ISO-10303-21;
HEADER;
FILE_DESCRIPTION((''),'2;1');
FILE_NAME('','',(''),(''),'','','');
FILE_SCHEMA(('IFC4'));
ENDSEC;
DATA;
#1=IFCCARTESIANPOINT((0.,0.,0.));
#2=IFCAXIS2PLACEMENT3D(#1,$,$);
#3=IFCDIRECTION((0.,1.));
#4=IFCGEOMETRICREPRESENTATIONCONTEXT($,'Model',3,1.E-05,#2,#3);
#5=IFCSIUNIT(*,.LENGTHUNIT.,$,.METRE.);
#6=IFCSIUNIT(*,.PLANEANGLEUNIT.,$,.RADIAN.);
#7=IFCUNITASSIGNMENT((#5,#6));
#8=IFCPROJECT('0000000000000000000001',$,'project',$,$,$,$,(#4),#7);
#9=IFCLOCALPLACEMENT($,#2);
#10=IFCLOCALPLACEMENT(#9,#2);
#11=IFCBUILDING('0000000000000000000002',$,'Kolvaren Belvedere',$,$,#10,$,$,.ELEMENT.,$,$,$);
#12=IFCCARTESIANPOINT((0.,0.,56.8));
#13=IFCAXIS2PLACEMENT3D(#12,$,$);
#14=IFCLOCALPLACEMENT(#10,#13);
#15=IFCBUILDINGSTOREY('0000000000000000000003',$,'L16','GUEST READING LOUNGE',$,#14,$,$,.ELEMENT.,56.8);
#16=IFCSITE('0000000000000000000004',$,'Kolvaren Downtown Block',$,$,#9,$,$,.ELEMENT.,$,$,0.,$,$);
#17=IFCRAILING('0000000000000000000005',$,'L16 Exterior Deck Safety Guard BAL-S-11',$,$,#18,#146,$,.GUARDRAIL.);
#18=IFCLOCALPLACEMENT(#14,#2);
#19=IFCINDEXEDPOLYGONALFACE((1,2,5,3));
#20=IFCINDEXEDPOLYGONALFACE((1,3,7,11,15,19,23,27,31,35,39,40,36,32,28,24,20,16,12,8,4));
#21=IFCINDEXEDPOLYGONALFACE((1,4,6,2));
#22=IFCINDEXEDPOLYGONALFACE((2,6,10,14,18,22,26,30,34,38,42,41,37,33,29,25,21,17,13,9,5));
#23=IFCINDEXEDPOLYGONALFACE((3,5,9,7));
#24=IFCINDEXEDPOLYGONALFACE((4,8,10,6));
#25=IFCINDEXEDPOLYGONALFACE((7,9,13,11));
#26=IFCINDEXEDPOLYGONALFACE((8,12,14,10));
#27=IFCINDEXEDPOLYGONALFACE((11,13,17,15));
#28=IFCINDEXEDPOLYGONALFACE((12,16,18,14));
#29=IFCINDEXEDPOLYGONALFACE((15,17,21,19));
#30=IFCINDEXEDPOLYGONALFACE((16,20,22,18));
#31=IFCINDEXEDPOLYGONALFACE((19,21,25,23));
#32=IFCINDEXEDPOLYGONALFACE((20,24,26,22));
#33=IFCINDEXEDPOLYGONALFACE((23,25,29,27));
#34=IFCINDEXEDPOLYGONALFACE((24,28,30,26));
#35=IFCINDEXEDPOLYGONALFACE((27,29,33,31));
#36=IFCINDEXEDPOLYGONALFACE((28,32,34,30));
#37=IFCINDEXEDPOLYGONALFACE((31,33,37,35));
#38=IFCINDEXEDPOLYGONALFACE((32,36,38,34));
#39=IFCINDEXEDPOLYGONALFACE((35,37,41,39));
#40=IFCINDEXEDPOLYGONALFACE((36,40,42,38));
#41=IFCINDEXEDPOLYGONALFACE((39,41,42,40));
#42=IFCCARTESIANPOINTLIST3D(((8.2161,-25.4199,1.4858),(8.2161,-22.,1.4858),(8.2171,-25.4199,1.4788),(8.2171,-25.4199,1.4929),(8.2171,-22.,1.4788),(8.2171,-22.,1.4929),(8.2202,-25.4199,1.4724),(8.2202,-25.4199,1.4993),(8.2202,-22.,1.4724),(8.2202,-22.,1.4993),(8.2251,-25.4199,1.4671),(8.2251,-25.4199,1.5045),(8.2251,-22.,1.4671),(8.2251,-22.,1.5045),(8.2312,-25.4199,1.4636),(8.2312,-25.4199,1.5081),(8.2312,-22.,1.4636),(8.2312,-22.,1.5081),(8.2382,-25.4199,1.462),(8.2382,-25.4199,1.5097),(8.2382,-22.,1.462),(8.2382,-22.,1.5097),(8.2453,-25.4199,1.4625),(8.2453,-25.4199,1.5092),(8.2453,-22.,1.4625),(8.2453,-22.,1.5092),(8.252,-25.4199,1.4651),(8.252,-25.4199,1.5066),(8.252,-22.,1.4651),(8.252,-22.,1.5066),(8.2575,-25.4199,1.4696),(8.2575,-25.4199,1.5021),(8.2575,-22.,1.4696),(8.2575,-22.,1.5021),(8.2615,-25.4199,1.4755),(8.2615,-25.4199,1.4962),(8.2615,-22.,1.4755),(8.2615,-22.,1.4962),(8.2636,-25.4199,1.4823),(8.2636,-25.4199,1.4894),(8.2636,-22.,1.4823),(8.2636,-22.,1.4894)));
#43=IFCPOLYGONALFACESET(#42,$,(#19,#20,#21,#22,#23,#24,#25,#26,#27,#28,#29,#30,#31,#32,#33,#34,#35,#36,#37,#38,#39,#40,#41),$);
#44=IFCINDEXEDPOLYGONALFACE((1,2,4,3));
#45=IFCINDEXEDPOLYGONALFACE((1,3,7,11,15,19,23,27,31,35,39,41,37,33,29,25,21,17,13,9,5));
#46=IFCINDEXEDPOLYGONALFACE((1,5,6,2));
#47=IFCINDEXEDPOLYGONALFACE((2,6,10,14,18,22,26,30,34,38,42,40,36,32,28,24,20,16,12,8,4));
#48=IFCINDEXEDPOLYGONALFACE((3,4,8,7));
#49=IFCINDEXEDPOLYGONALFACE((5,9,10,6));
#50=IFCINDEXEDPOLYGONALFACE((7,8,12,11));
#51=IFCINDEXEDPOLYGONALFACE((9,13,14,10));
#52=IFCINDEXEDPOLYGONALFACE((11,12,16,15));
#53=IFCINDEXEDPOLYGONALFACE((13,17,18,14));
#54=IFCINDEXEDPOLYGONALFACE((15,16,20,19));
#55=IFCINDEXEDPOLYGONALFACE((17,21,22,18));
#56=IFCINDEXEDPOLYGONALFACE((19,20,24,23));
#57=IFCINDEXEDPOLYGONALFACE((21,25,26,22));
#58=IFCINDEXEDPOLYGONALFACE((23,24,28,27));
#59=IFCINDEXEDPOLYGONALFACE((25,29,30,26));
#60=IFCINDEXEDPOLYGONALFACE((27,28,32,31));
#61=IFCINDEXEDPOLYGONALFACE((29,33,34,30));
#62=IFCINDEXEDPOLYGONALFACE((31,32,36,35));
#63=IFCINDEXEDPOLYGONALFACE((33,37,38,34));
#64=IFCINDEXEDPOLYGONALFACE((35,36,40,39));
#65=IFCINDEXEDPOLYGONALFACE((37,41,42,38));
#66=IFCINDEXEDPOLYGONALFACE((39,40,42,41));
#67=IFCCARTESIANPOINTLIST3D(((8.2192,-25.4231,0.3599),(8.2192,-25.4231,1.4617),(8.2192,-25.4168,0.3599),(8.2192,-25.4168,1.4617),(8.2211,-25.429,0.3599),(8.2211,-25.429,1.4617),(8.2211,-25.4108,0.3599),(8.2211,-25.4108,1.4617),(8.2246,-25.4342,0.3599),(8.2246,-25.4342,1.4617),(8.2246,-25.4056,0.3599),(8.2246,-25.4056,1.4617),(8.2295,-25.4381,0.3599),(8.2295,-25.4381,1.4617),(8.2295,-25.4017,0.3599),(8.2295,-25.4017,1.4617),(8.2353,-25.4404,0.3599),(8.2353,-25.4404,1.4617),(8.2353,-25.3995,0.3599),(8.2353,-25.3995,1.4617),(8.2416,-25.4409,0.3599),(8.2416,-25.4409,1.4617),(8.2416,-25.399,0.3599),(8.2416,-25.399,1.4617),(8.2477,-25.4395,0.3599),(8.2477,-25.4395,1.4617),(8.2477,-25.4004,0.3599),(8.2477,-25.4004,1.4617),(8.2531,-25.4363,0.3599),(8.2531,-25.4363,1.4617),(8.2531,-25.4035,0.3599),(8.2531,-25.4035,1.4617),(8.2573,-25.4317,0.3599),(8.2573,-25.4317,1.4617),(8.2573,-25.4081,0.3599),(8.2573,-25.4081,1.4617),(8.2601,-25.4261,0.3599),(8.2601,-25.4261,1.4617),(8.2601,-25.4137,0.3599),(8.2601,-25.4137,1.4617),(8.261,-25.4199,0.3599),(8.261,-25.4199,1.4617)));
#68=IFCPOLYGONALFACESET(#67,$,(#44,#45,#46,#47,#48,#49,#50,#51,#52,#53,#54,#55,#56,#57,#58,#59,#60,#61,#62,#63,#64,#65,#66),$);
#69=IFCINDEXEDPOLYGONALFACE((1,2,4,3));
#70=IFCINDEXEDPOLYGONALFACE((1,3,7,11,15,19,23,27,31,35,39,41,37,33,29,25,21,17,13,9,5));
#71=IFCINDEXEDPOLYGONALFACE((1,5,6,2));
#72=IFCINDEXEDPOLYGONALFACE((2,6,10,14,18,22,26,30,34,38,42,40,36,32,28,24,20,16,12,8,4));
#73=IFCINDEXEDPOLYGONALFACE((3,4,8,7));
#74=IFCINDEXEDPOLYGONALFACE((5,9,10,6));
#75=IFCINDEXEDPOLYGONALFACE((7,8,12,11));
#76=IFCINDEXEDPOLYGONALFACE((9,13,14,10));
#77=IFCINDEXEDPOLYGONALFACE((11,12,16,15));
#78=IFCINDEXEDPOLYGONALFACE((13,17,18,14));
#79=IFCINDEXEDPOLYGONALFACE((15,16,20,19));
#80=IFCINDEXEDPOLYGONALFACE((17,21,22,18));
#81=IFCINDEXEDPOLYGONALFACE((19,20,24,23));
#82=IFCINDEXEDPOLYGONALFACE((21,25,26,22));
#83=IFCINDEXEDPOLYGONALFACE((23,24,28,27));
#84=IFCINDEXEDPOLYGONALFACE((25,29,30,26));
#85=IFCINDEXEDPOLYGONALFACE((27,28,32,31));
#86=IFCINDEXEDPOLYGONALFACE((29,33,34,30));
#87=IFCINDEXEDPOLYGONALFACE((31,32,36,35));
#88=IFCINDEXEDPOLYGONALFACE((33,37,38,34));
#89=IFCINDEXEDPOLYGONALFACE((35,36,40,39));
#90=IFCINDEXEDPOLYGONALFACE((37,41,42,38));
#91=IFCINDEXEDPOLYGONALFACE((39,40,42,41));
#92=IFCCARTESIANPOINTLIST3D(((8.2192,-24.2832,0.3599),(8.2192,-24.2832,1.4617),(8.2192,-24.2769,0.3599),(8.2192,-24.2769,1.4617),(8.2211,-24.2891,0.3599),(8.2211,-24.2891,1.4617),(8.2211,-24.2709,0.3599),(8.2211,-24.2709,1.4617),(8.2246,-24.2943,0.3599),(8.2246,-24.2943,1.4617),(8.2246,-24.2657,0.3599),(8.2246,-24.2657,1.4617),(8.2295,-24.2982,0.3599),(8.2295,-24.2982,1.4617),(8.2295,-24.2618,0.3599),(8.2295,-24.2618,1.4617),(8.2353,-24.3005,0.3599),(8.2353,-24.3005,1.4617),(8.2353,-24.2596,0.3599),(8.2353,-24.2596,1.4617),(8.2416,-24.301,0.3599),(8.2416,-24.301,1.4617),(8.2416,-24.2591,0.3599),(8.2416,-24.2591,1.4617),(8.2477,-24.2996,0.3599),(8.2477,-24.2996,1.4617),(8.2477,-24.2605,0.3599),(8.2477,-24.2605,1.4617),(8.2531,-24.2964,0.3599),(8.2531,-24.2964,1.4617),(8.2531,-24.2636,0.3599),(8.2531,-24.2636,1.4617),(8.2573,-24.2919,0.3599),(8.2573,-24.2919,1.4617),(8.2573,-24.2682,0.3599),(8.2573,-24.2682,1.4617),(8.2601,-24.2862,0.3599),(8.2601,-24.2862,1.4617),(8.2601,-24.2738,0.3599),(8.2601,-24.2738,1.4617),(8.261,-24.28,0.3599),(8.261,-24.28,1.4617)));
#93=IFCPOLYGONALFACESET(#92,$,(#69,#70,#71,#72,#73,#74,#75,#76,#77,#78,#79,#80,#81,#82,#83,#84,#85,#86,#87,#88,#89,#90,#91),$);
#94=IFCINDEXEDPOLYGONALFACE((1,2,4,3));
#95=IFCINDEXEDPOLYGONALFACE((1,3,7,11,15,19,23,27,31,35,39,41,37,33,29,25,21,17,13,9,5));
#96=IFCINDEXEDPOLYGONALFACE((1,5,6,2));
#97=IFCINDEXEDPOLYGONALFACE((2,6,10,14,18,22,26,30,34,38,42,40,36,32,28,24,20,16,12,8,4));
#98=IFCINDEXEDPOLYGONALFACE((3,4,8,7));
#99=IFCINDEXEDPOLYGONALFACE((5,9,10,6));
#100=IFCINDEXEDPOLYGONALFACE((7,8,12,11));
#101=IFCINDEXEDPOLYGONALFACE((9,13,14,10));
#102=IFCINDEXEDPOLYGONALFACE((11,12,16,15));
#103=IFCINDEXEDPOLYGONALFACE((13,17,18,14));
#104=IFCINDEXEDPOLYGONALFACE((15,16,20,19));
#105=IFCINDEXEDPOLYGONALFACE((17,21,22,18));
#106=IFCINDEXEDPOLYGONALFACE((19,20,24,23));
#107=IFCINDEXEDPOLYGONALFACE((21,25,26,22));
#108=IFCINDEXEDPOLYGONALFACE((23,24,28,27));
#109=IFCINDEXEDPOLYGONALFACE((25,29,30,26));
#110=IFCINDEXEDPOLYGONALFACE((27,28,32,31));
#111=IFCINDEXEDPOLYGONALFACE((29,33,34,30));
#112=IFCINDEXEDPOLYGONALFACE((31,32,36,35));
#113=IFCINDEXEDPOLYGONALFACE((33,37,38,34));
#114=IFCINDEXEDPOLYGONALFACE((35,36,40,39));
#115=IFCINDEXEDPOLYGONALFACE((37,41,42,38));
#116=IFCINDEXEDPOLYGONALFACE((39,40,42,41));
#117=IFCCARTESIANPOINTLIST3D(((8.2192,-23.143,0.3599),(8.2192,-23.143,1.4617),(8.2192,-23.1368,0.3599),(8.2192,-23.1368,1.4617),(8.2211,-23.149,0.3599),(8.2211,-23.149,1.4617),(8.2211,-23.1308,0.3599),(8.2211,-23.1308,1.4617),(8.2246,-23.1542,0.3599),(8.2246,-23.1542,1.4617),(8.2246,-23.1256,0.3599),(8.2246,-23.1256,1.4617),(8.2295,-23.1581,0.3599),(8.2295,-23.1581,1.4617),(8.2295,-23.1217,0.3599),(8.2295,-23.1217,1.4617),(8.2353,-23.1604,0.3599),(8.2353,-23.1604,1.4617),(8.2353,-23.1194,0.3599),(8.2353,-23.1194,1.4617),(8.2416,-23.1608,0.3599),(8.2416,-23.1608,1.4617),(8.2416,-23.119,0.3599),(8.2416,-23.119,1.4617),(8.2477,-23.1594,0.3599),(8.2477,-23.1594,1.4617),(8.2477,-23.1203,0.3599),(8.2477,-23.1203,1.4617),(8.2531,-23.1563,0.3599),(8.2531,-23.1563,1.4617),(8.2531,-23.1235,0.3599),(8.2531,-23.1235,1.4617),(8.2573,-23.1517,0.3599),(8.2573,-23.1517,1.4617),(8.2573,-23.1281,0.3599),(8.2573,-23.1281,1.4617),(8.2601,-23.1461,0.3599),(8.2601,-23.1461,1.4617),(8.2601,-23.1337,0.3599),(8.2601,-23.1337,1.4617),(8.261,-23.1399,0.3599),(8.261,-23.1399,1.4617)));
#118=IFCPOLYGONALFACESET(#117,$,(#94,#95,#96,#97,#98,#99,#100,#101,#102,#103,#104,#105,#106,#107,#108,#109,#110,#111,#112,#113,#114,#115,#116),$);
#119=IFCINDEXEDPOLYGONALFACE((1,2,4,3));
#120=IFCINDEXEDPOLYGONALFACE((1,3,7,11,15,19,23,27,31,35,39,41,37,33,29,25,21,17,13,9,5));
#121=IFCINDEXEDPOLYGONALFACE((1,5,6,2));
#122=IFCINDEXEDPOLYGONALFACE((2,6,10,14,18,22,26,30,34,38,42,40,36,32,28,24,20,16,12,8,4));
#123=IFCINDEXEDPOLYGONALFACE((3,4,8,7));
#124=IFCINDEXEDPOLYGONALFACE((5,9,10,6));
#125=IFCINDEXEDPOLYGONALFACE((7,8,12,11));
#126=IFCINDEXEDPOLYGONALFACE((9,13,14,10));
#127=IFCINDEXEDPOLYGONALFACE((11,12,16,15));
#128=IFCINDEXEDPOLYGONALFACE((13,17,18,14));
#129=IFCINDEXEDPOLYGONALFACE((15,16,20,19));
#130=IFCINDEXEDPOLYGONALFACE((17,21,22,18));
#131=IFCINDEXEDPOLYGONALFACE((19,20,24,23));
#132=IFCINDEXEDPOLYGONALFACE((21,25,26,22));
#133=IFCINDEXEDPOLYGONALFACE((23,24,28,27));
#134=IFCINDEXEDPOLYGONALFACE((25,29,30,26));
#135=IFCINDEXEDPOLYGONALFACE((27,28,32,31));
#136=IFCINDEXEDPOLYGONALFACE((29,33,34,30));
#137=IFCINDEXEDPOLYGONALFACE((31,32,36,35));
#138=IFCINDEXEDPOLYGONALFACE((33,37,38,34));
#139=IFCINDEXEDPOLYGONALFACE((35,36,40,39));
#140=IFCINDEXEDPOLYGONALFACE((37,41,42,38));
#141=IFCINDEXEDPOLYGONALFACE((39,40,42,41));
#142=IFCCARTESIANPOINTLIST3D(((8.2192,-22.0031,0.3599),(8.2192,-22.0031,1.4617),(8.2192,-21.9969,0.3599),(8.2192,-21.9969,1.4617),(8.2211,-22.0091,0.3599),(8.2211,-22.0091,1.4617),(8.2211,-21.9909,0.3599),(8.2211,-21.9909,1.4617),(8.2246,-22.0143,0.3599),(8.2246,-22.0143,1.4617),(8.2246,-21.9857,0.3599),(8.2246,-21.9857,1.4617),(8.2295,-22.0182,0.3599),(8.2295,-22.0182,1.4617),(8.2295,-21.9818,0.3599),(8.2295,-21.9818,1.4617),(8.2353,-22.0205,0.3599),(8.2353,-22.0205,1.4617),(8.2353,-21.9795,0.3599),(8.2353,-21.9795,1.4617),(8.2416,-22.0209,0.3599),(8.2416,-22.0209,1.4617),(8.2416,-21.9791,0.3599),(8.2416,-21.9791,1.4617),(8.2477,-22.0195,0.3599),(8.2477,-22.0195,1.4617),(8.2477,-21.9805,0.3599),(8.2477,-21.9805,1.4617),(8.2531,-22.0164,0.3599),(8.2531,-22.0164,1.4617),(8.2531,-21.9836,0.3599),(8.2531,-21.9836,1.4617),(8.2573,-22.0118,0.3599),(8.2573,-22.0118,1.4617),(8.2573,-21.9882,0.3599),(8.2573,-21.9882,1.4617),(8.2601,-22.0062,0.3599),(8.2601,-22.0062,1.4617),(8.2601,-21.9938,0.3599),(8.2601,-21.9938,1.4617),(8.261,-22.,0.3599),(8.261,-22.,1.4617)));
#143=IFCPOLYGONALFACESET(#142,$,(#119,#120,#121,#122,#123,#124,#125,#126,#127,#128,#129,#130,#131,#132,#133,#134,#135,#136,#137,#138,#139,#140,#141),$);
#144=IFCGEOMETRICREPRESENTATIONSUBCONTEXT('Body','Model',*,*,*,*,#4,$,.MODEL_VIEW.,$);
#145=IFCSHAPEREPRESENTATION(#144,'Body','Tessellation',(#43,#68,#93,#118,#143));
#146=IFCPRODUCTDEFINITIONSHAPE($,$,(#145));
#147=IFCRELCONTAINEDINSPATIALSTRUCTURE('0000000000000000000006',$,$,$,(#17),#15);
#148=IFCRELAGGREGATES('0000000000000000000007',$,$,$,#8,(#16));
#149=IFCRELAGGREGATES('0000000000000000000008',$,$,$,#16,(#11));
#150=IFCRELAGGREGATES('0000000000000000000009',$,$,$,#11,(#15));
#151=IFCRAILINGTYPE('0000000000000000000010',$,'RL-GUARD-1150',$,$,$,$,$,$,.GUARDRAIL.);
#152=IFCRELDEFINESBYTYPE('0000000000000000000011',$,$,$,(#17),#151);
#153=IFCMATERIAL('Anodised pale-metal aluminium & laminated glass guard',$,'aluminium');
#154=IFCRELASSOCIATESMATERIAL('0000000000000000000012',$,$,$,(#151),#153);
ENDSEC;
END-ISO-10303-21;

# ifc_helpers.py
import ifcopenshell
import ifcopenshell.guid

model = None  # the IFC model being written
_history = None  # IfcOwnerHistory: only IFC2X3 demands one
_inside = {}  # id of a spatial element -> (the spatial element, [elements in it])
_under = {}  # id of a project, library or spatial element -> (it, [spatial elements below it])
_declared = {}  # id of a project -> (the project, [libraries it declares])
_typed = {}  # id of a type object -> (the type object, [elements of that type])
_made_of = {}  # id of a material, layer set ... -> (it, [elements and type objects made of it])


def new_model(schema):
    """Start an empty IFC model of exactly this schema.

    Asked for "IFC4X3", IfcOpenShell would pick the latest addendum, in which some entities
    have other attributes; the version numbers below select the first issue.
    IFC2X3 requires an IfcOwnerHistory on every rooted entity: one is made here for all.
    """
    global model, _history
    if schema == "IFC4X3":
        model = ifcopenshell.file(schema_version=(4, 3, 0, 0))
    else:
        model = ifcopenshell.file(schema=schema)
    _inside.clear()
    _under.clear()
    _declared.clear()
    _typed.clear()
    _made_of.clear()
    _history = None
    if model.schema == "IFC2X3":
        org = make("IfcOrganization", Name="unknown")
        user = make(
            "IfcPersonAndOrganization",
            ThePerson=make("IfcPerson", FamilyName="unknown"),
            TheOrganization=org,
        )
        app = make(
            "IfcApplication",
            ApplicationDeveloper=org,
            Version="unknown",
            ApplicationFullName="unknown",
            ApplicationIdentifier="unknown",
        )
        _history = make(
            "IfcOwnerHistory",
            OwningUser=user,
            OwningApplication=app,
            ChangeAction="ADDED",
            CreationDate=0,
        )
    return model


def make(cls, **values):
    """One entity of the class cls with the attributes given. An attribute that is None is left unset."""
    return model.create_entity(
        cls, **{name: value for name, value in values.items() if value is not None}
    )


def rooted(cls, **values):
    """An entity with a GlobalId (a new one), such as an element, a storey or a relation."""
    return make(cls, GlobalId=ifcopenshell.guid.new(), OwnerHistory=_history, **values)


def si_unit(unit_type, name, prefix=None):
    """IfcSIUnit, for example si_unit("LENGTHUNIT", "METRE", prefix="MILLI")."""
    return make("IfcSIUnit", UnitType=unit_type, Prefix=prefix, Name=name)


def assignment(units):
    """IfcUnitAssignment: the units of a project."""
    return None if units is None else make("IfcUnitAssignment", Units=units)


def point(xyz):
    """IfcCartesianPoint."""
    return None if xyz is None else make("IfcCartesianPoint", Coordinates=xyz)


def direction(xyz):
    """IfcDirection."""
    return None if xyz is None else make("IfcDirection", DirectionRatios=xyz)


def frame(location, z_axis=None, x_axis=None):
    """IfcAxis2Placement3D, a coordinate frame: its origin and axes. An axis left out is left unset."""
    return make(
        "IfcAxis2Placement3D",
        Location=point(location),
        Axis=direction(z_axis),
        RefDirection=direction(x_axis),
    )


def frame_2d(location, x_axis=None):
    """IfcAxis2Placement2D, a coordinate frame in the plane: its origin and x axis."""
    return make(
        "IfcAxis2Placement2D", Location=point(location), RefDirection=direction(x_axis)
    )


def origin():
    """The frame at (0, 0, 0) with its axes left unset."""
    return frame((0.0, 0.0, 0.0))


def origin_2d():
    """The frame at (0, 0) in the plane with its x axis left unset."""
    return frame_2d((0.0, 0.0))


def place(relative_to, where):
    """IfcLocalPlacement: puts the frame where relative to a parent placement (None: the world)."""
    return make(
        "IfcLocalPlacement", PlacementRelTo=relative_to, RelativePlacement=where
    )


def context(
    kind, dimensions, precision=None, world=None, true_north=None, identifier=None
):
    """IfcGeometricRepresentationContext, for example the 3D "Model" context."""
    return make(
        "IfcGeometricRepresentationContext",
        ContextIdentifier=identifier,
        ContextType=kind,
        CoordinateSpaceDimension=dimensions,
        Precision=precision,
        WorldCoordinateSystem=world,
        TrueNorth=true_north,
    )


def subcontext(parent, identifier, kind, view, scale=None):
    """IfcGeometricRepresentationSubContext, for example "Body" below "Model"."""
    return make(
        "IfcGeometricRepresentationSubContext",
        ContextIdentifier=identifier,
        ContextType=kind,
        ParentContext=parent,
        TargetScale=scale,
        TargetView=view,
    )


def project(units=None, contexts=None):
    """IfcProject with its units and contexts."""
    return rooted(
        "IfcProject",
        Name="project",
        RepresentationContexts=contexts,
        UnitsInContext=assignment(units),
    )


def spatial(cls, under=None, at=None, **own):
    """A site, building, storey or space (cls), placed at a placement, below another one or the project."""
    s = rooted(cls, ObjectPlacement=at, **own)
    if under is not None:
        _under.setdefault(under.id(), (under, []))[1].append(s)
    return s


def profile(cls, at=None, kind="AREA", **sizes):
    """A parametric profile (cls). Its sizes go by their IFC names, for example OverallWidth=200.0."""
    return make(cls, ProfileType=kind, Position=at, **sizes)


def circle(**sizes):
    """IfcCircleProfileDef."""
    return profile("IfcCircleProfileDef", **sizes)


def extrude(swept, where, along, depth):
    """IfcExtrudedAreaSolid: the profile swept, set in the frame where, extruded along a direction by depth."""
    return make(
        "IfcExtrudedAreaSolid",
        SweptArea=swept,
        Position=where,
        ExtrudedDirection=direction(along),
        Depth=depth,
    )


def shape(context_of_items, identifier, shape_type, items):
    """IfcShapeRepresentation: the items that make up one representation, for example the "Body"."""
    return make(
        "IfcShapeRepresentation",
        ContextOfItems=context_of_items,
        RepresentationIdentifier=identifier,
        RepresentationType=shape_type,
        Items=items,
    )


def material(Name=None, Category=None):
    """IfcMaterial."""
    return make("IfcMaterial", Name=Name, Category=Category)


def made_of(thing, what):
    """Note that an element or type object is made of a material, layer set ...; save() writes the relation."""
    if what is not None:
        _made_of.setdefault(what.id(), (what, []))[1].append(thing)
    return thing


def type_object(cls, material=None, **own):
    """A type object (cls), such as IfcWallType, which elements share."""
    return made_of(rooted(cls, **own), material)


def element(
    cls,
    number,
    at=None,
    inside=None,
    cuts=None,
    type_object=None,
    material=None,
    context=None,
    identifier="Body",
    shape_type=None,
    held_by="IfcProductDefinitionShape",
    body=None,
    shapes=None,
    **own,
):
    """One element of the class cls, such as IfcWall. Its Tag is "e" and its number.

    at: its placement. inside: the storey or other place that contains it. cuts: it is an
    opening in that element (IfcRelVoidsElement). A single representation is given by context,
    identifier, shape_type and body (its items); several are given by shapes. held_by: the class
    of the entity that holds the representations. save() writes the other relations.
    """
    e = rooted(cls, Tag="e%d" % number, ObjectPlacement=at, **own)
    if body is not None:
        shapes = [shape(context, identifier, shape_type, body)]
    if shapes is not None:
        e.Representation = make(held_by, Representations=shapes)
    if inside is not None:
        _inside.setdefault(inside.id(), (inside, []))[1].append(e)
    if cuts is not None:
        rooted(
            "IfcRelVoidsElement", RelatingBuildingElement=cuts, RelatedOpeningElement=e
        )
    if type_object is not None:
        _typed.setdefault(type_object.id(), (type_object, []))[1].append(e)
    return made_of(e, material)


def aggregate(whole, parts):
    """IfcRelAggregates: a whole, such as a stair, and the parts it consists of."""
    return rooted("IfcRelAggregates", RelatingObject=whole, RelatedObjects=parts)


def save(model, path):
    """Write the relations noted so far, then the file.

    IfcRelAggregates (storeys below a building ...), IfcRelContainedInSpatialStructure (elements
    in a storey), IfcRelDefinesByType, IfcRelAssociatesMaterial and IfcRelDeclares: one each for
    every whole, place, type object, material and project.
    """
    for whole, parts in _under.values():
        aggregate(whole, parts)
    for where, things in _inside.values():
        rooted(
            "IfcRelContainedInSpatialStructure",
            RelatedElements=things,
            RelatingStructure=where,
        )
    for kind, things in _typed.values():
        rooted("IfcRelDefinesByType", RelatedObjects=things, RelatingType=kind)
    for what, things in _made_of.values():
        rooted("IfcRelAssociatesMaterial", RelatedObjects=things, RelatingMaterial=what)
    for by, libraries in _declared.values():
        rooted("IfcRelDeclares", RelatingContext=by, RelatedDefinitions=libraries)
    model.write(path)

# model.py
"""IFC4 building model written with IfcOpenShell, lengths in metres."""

from ifc_helpers import new_model, si_unit, direction, frame, origin, origin_2d, place, context, subcontext, project, spatial, circle, extrude, material, type_object, element, save


model = new_model("IFC4")

# Units and contexts
model_context = context("Model", 3, precision=1e-05, world=origin(), true_north=direction((0.0, 1.0)))
body_context = subcontext(model_context, "Body", "Model", "MODEL_VIEW")
ifc_project = project(units=[si_unit("LENGTHUNIT", "METRE"), si_unit("PLANEANGLEUNIT", "RADIAN")], contexts=[model_context])

# Site, building, storey
site_placement = place(None, origin())
site = spatial("IfcSite", under=ifc_project, at=site_placement, Name="Kolvaren Downtown Block", CompositionType="ELEMENT", RefElevation=0.0)
building_placement = place(site_placement, origin())
building = spatial("IfcBuilding", under=site, at=building_placement, Name="Kolvaren Belvedere", CompositionType="ELEMENT")
storey_placement = place(building_placement, frame((0.0, 0.0, 56.8)))
storey = spatial("IfcBuildingStorey", under=building, at=storey_placement, Name="L16", Description="GUEST READING LOUNGE", CompositionType="ELEMENT", Elevation=56.8)

# Railing
ifc_material_1 = material(Name="Anodised pale-metal aluminium & laminated glass guard", Category="aluminium")
railing_type = type_object("IfcRailingType", Name="RL-GUARD-1150", PredefinedType="GUARDRAIL", material=ifc_material_1)
railing_1_placement = place(storey_placement, frame((8.24, -25.4199, 0.3599)))
element("IfcRailing", 1, at=railing_1_placement, inside=storey, type_object=railing_type, Name="L16 Exterior Deck Safety Guard BAL-S-11", PredefinedType="GUARDRAIL", context=body_context, shape_type="SweptSolid", body=[
    extrude(circle(Radius=0.0239, at=origin_2d()), frame((0.0, 0.0, 1.126), z_axis=(0.0, 1.0, 0.0), x_axis=(-1.0, 0.0, 0.0)), (0.0, 0.0, 1.0), 3.4199),
    extrude(circle(Radius=0.021, at=origin_2d()), origin(), (0.0, 0.0, 1.0), 1.1018),
    extrude(circle(Radius=0.021, at=origin_2d()), frame((0.0, 1.1399, 0.0)), (0.0, 0.0, 1.0), 1.1018),
    extrude(circle(Radius=0.021, at=origin_2d()), frame((0.0, 2.28, 0.0)), (0.0, 0.0, 1.0), 1.1018),
    extrude(circle(Radius=0.021, at=origin_2d()), frame((0.0, 3.4199, 0.0)), (0.0, 0.0, 1.0), 1.1018),
])

save(model, "model.ifc")
